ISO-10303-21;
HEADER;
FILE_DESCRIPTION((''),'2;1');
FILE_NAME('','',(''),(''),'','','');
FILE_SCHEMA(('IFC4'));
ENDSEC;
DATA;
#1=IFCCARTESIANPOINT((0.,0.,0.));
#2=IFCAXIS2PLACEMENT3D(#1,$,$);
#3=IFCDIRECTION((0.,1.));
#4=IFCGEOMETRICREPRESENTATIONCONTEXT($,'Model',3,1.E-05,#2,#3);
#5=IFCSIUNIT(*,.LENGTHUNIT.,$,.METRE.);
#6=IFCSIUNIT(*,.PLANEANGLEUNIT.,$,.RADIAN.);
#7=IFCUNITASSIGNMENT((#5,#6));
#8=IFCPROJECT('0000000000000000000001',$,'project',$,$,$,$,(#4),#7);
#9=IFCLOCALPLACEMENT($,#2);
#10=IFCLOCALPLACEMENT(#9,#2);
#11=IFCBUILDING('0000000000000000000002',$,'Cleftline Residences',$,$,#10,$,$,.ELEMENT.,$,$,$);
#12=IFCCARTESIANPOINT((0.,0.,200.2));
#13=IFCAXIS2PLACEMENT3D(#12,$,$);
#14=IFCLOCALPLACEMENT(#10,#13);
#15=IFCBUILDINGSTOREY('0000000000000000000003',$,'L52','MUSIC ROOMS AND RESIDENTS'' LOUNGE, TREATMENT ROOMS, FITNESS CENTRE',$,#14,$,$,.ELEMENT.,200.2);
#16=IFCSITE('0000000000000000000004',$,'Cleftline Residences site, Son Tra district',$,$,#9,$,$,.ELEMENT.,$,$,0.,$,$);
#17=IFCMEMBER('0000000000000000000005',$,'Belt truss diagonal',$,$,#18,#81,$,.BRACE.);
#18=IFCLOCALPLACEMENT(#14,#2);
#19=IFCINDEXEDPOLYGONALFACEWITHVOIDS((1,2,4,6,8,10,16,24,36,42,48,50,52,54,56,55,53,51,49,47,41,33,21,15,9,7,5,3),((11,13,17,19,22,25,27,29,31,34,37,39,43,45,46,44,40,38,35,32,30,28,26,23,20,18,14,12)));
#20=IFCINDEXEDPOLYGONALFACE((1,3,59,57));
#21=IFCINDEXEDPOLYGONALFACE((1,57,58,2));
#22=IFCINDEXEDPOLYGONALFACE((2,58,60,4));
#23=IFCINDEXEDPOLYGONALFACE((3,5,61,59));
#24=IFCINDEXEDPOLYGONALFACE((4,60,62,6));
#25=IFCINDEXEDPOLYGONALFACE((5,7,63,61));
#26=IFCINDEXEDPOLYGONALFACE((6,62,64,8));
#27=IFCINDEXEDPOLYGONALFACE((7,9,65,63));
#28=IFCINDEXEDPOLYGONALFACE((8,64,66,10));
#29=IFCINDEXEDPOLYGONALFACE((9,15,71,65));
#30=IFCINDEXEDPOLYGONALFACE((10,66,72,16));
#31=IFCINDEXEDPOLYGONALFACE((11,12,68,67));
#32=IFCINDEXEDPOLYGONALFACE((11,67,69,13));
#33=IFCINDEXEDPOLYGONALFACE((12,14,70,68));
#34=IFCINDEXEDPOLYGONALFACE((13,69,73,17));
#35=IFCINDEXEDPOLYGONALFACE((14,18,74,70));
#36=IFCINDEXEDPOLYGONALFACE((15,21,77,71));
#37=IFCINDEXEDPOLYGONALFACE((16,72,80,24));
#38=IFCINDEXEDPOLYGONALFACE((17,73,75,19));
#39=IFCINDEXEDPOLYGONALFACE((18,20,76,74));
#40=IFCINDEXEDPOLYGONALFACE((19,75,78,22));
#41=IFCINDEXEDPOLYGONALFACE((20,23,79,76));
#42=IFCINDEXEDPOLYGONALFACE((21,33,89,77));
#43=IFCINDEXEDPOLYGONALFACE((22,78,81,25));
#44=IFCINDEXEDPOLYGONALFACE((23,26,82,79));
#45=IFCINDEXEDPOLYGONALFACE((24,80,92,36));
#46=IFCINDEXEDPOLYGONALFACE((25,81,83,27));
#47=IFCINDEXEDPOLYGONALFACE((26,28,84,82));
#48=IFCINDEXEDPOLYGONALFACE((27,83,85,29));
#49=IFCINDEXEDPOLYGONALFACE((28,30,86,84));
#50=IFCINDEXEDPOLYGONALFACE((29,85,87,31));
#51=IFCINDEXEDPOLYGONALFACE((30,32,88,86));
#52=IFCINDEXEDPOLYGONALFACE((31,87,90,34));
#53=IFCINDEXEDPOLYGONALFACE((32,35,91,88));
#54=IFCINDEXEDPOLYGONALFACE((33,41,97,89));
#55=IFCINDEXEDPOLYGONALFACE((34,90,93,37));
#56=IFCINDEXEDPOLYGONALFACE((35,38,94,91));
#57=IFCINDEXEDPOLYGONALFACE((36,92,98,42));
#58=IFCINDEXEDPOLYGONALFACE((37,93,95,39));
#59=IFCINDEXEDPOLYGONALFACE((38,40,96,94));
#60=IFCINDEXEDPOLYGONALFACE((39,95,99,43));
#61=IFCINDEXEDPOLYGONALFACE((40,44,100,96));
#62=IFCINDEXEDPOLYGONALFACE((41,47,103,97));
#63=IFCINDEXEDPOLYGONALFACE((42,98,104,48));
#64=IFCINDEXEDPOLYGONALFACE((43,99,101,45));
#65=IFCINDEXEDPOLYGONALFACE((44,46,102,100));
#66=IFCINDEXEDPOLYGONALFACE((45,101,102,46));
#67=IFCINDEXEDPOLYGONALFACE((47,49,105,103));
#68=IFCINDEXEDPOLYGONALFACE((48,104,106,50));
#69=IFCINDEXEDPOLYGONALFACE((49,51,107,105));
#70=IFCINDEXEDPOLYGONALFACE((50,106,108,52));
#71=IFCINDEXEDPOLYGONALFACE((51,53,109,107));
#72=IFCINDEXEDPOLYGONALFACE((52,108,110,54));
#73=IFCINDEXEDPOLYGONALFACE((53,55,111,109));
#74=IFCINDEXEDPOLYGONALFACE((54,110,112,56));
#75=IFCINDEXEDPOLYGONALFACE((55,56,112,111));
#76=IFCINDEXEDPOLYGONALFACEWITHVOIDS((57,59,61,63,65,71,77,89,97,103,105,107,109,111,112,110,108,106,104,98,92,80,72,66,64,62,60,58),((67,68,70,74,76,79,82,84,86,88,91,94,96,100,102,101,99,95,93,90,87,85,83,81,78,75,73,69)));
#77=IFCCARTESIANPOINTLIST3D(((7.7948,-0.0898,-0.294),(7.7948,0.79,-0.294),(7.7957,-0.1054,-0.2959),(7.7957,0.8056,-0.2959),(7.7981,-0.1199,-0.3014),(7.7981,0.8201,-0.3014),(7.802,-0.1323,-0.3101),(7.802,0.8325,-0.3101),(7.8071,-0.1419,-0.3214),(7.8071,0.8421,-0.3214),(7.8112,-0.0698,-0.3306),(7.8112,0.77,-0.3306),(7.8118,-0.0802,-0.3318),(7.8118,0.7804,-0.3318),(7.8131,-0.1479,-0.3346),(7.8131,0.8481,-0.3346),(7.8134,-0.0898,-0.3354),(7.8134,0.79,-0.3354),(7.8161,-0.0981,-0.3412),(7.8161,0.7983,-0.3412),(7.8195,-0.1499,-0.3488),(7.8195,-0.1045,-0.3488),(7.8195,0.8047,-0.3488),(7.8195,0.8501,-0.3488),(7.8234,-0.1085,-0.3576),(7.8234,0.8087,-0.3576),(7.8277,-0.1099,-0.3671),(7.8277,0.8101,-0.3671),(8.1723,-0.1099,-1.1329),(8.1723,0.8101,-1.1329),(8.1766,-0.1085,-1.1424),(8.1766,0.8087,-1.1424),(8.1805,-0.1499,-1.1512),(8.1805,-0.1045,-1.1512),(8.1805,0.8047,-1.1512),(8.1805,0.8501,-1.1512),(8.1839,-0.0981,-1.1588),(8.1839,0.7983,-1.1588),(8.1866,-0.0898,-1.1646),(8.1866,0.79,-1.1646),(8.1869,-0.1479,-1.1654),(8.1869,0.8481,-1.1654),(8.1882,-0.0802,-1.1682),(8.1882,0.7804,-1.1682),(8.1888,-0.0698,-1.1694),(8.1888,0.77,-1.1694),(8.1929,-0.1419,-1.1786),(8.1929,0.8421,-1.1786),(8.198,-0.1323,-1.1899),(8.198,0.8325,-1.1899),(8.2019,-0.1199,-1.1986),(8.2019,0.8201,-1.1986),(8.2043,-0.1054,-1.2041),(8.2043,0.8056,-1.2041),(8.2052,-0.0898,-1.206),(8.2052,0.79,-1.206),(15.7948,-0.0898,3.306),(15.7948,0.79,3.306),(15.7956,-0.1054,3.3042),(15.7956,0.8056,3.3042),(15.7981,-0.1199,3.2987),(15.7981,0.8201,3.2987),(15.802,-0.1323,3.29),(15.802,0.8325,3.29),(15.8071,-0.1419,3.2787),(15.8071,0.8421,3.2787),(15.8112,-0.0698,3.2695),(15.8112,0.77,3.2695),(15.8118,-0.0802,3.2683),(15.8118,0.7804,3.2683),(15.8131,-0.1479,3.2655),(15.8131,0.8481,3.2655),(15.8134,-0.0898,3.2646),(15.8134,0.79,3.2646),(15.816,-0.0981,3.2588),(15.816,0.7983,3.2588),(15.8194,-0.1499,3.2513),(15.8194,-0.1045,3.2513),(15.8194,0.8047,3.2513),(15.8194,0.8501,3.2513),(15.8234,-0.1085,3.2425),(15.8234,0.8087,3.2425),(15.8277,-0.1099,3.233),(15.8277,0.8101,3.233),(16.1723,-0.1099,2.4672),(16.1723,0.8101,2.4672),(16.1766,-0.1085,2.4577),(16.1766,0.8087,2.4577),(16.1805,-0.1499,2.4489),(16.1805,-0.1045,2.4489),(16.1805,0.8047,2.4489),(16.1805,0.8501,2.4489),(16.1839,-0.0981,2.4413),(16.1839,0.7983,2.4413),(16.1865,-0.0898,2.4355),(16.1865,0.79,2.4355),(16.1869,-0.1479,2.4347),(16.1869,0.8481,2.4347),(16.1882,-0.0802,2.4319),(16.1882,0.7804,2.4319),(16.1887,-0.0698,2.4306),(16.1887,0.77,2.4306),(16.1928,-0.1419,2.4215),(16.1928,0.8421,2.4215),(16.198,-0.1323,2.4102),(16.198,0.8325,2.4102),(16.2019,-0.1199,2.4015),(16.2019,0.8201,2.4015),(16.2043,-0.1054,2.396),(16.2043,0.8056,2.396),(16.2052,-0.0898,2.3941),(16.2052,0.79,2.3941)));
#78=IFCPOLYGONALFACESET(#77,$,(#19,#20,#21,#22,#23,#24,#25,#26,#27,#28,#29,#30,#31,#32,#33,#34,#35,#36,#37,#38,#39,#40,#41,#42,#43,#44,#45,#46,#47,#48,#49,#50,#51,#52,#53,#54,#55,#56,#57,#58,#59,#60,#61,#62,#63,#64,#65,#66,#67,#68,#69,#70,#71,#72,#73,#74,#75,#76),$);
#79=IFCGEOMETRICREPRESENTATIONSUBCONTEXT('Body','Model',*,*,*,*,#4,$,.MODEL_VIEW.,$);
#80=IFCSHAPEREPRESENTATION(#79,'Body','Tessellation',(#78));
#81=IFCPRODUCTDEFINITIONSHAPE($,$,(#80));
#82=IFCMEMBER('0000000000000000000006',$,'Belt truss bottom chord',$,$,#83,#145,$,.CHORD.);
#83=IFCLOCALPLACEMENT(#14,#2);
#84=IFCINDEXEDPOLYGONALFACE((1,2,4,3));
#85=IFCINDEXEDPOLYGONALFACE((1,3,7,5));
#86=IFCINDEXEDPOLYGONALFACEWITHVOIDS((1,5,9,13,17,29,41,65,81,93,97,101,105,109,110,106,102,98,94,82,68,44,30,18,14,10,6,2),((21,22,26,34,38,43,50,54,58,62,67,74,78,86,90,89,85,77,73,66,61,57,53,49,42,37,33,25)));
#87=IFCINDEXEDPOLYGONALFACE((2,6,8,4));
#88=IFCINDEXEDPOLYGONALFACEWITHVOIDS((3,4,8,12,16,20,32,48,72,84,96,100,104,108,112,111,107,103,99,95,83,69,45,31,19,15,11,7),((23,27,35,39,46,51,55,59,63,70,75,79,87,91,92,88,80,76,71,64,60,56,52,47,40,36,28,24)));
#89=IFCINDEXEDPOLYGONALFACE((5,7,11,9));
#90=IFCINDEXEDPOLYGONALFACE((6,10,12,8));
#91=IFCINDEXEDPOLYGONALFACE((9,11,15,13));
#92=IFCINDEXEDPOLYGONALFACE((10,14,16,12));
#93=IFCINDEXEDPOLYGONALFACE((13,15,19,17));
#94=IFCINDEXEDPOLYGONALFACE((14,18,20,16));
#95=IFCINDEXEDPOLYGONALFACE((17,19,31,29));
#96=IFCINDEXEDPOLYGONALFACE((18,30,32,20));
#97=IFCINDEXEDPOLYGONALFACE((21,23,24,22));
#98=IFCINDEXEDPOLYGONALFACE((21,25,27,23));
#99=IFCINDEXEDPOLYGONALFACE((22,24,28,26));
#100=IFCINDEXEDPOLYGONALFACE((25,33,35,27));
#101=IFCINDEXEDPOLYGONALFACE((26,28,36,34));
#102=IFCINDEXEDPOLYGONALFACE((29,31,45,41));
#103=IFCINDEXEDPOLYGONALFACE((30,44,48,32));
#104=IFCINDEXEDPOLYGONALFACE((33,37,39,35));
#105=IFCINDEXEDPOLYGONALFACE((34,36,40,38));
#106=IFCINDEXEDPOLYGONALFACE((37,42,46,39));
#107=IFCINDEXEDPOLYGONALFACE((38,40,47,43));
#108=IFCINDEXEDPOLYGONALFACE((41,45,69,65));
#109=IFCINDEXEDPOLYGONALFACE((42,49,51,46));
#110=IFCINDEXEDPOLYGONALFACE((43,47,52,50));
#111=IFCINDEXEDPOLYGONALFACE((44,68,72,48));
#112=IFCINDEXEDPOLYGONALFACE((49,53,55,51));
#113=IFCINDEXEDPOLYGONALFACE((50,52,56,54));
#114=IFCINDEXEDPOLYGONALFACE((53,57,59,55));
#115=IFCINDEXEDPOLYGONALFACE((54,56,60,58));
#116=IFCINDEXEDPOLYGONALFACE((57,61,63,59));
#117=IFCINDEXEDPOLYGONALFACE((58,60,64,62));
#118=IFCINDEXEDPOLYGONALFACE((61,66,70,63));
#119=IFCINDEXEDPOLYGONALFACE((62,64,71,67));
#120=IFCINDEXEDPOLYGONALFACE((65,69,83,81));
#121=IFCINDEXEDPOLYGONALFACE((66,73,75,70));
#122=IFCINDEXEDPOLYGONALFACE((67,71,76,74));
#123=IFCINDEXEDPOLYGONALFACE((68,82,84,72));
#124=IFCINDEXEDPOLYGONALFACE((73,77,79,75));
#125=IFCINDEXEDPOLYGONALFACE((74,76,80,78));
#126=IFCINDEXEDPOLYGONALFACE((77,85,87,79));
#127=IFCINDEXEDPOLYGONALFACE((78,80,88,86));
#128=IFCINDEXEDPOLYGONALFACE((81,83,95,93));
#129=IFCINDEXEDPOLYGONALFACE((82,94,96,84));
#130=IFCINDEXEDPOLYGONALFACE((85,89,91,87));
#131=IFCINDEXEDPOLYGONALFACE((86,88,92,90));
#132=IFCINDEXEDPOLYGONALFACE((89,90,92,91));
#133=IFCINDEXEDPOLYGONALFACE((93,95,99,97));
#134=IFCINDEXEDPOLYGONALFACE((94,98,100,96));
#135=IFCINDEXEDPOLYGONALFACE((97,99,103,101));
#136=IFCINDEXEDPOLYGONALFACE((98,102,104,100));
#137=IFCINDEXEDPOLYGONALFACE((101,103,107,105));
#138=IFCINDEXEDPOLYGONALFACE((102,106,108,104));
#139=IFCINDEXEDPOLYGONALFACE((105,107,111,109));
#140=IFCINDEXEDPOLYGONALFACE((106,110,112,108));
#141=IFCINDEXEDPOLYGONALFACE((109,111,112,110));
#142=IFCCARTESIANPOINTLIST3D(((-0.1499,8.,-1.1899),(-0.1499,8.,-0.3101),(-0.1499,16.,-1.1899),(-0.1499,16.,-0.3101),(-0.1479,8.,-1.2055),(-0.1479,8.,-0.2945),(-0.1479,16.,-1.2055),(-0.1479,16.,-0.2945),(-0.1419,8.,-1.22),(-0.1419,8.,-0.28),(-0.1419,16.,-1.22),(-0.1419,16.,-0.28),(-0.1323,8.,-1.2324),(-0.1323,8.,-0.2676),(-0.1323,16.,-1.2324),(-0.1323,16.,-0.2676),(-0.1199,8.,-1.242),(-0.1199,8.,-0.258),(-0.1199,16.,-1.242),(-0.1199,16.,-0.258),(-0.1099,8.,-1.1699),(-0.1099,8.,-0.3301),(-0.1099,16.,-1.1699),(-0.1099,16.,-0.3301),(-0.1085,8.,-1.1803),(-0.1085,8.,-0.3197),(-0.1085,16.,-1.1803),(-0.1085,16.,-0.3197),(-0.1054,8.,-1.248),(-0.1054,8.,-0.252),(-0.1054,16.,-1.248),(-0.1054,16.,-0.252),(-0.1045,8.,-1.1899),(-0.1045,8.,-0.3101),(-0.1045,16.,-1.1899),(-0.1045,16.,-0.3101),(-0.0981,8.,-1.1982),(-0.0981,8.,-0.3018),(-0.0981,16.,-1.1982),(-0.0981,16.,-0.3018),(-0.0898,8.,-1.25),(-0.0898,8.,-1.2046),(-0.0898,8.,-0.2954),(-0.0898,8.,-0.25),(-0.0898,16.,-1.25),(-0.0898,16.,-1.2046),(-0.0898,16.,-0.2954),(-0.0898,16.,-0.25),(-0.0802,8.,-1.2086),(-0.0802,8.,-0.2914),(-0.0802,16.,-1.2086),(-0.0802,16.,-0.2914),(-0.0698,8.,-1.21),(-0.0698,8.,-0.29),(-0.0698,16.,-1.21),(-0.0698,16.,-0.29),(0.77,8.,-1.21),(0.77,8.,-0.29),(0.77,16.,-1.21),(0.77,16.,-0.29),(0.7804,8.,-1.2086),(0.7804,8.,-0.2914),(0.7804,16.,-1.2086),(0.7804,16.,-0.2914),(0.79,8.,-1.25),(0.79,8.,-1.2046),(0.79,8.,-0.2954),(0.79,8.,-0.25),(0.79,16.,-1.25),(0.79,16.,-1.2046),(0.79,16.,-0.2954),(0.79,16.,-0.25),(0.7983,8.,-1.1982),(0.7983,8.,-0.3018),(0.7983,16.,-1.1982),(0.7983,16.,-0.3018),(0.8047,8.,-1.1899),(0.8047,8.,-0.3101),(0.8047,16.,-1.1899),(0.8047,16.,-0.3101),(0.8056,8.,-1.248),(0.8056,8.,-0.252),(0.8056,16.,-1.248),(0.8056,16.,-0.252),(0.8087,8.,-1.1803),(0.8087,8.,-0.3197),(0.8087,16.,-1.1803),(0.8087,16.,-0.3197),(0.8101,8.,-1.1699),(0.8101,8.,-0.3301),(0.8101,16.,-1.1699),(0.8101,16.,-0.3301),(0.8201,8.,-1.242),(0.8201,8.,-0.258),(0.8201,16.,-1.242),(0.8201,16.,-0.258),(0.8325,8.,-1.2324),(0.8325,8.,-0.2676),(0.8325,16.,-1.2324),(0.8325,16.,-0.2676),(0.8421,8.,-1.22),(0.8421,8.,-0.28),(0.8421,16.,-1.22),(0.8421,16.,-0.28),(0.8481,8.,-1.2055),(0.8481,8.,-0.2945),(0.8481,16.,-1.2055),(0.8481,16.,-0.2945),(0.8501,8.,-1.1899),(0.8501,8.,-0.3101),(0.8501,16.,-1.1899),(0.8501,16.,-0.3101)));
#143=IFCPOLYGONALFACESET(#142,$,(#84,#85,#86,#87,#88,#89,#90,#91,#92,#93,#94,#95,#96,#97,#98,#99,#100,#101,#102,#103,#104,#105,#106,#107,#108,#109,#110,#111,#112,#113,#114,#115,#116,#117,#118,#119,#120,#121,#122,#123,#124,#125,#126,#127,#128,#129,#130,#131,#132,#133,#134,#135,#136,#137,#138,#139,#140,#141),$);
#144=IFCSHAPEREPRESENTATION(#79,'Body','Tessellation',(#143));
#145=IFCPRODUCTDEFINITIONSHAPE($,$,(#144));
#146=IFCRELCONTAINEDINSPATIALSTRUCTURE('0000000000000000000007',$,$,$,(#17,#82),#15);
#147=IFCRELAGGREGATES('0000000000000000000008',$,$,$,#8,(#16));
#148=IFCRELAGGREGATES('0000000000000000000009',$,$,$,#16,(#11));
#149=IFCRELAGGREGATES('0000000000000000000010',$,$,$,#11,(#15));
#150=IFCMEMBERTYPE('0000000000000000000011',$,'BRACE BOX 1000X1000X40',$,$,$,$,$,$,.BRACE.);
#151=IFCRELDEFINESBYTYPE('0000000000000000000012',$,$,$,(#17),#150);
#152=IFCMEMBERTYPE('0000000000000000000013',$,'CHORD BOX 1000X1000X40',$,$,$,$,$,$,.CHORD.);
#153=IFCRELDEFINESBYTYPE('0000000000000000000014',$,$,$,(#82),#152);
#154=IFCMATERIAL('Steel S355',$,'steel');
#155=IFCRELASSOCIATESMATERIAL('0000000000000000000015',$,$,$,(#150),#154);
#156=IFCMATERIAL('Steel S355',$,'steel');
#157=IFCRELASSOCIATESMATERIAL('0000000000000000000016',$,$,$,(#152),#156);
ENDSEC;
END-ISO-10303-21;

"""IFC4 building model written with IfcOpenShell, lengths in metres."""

from ifc_helpers import new_model, si_unit, direction, frame, origin, origin_2d, place, context, subcontext, project, spatial, hollow_rectangle, extrude, material, material_profile, profile_set, type_object, element, save


model = new_model("IFC4")

# Units and contexts
model_context = context("Model", 3, precision=1e-05, world=origin(), true_north=direction((0.0, 1.0)))
body_context = subcontext(model_context, "Body", "Model", "MODEL_VIEW")
ifc_project = project(units=[si_unit("LENGTHUNIT", "METRE"), si_unit("PLANEANGLEUNIT", "RADIAN")], contexts=[model_context])

# Site, building, storey
site_placement = place(None, origin())
site = spatial("IfcSite", under=ifc_project, at=site_placement, Name="Cleftline Residences site, Son Tra district", CompositionType="ELEMENT", RefElevation=0.0)
building_placement = place(site_placement, origin())
building = spatial("IfcBuilding", under=site, at=building_placement, Name="Cleftline Residences", CompositionType="ELEMENT")
storey_placement = place(building_placement, frame((0.0, 0.0, 200.2)))
storey = spatial("IfcBuildingStorey", under=building, at=storey_placement, Name="L52", Description="MUSIC ROOMS AND RESIDENTS' LOUNGE, TREATMENT ROOMS, FITNESS CENTRE", CompositionType="ELEMENT", Elevation=200.2)

# Members
ifc_material_1 = material(Name="Steel S355", Category="steel")
ifc_material_profile_1 = material_profile(ifc_material_1, hollow_rectangle(XDim=1.0, YDim=1.0, WallThickness=0.04, InnerFilletRadius=0.04, OuterFilletRadius=0.0601, at=origin_2d()))
ifc_profile_set_1 = profile_set([ifc_material_profile_1], Name="Steel S355")
member_type_1 = type_object("IfcMemberType", Name="BRACE BOX 1000X1000X40", PredefinedType="BRACE", material=ifc_profile_set_1)
member_1_placement = place(storey_placement, frame((8.0, 0.3501, -0.75), z_axis=(0.911917, 0.0, 0.410374), x_axis=(-0.410374, 0.0, 0.911917)))
element("IfcMember", 1, at=member_1_placement, inside=storey, type_object=member_type_1, Name="Belt truss diagonal", PredefinedType="BRACE", context=body_context, shape_type="SweptSolid", body=[
    extrude(hollow_rectangle(XDim=1.0, YDim=1.0, WallThickness=0.04, InnerFilletRadius=0.04, OuterFilletRadius=0.0601, at=origin_2d()), origin(), (0.0, 0.0, 1.0), 8.7727),
])
ifc_material_2 = material(Name="Steel S355", Category="steel")
ifc_material_profile_2 = material_profile(ifc_material_2, hollow_rectangle(XDim=1.0, YDim=1.0, WallThickness=0.04, InnerFilletRadius=0.04, OuterFilletRadius=0.0601, at=origin_2d()))
ifc_profile_set_2 = profile_set([ifc_material_profile_2], Name="Steel S355")
member_type_2 = type_object("IfcMemberType", Name="CHORD BOX 1000X1000X40", PredefinedType="CHORD", material=ifc_profile_set_2)
for number, where, z_axis, x_axis, name in (
    (2, (0.3501, 8.0, -0.75), (0.0, 1.0, 0.0), (-1.0, 0.0, 0.0), "Belt truss bottom chord"),
):
    element("IfcMember", number, at=place(storey_placement, frame(where, z_axis=z_axis, x_axis=x_axis)), inside=storey, type_object=member_type_2, Name=name, PredefinedType="CHORD", context=body_context, shape_type="SweptSolid", body=[
        extrude(hollow_rectangle(XDim=1.0, YDim=1.0, WallThickness=0.04, InnerFilletRadius=0.04, OuterFilletRadius=0.0601, at=origin_2d()), origin(), (0.0, 0.0, 1.0), 8.0),
    ])

save(model, "model.ifc")
